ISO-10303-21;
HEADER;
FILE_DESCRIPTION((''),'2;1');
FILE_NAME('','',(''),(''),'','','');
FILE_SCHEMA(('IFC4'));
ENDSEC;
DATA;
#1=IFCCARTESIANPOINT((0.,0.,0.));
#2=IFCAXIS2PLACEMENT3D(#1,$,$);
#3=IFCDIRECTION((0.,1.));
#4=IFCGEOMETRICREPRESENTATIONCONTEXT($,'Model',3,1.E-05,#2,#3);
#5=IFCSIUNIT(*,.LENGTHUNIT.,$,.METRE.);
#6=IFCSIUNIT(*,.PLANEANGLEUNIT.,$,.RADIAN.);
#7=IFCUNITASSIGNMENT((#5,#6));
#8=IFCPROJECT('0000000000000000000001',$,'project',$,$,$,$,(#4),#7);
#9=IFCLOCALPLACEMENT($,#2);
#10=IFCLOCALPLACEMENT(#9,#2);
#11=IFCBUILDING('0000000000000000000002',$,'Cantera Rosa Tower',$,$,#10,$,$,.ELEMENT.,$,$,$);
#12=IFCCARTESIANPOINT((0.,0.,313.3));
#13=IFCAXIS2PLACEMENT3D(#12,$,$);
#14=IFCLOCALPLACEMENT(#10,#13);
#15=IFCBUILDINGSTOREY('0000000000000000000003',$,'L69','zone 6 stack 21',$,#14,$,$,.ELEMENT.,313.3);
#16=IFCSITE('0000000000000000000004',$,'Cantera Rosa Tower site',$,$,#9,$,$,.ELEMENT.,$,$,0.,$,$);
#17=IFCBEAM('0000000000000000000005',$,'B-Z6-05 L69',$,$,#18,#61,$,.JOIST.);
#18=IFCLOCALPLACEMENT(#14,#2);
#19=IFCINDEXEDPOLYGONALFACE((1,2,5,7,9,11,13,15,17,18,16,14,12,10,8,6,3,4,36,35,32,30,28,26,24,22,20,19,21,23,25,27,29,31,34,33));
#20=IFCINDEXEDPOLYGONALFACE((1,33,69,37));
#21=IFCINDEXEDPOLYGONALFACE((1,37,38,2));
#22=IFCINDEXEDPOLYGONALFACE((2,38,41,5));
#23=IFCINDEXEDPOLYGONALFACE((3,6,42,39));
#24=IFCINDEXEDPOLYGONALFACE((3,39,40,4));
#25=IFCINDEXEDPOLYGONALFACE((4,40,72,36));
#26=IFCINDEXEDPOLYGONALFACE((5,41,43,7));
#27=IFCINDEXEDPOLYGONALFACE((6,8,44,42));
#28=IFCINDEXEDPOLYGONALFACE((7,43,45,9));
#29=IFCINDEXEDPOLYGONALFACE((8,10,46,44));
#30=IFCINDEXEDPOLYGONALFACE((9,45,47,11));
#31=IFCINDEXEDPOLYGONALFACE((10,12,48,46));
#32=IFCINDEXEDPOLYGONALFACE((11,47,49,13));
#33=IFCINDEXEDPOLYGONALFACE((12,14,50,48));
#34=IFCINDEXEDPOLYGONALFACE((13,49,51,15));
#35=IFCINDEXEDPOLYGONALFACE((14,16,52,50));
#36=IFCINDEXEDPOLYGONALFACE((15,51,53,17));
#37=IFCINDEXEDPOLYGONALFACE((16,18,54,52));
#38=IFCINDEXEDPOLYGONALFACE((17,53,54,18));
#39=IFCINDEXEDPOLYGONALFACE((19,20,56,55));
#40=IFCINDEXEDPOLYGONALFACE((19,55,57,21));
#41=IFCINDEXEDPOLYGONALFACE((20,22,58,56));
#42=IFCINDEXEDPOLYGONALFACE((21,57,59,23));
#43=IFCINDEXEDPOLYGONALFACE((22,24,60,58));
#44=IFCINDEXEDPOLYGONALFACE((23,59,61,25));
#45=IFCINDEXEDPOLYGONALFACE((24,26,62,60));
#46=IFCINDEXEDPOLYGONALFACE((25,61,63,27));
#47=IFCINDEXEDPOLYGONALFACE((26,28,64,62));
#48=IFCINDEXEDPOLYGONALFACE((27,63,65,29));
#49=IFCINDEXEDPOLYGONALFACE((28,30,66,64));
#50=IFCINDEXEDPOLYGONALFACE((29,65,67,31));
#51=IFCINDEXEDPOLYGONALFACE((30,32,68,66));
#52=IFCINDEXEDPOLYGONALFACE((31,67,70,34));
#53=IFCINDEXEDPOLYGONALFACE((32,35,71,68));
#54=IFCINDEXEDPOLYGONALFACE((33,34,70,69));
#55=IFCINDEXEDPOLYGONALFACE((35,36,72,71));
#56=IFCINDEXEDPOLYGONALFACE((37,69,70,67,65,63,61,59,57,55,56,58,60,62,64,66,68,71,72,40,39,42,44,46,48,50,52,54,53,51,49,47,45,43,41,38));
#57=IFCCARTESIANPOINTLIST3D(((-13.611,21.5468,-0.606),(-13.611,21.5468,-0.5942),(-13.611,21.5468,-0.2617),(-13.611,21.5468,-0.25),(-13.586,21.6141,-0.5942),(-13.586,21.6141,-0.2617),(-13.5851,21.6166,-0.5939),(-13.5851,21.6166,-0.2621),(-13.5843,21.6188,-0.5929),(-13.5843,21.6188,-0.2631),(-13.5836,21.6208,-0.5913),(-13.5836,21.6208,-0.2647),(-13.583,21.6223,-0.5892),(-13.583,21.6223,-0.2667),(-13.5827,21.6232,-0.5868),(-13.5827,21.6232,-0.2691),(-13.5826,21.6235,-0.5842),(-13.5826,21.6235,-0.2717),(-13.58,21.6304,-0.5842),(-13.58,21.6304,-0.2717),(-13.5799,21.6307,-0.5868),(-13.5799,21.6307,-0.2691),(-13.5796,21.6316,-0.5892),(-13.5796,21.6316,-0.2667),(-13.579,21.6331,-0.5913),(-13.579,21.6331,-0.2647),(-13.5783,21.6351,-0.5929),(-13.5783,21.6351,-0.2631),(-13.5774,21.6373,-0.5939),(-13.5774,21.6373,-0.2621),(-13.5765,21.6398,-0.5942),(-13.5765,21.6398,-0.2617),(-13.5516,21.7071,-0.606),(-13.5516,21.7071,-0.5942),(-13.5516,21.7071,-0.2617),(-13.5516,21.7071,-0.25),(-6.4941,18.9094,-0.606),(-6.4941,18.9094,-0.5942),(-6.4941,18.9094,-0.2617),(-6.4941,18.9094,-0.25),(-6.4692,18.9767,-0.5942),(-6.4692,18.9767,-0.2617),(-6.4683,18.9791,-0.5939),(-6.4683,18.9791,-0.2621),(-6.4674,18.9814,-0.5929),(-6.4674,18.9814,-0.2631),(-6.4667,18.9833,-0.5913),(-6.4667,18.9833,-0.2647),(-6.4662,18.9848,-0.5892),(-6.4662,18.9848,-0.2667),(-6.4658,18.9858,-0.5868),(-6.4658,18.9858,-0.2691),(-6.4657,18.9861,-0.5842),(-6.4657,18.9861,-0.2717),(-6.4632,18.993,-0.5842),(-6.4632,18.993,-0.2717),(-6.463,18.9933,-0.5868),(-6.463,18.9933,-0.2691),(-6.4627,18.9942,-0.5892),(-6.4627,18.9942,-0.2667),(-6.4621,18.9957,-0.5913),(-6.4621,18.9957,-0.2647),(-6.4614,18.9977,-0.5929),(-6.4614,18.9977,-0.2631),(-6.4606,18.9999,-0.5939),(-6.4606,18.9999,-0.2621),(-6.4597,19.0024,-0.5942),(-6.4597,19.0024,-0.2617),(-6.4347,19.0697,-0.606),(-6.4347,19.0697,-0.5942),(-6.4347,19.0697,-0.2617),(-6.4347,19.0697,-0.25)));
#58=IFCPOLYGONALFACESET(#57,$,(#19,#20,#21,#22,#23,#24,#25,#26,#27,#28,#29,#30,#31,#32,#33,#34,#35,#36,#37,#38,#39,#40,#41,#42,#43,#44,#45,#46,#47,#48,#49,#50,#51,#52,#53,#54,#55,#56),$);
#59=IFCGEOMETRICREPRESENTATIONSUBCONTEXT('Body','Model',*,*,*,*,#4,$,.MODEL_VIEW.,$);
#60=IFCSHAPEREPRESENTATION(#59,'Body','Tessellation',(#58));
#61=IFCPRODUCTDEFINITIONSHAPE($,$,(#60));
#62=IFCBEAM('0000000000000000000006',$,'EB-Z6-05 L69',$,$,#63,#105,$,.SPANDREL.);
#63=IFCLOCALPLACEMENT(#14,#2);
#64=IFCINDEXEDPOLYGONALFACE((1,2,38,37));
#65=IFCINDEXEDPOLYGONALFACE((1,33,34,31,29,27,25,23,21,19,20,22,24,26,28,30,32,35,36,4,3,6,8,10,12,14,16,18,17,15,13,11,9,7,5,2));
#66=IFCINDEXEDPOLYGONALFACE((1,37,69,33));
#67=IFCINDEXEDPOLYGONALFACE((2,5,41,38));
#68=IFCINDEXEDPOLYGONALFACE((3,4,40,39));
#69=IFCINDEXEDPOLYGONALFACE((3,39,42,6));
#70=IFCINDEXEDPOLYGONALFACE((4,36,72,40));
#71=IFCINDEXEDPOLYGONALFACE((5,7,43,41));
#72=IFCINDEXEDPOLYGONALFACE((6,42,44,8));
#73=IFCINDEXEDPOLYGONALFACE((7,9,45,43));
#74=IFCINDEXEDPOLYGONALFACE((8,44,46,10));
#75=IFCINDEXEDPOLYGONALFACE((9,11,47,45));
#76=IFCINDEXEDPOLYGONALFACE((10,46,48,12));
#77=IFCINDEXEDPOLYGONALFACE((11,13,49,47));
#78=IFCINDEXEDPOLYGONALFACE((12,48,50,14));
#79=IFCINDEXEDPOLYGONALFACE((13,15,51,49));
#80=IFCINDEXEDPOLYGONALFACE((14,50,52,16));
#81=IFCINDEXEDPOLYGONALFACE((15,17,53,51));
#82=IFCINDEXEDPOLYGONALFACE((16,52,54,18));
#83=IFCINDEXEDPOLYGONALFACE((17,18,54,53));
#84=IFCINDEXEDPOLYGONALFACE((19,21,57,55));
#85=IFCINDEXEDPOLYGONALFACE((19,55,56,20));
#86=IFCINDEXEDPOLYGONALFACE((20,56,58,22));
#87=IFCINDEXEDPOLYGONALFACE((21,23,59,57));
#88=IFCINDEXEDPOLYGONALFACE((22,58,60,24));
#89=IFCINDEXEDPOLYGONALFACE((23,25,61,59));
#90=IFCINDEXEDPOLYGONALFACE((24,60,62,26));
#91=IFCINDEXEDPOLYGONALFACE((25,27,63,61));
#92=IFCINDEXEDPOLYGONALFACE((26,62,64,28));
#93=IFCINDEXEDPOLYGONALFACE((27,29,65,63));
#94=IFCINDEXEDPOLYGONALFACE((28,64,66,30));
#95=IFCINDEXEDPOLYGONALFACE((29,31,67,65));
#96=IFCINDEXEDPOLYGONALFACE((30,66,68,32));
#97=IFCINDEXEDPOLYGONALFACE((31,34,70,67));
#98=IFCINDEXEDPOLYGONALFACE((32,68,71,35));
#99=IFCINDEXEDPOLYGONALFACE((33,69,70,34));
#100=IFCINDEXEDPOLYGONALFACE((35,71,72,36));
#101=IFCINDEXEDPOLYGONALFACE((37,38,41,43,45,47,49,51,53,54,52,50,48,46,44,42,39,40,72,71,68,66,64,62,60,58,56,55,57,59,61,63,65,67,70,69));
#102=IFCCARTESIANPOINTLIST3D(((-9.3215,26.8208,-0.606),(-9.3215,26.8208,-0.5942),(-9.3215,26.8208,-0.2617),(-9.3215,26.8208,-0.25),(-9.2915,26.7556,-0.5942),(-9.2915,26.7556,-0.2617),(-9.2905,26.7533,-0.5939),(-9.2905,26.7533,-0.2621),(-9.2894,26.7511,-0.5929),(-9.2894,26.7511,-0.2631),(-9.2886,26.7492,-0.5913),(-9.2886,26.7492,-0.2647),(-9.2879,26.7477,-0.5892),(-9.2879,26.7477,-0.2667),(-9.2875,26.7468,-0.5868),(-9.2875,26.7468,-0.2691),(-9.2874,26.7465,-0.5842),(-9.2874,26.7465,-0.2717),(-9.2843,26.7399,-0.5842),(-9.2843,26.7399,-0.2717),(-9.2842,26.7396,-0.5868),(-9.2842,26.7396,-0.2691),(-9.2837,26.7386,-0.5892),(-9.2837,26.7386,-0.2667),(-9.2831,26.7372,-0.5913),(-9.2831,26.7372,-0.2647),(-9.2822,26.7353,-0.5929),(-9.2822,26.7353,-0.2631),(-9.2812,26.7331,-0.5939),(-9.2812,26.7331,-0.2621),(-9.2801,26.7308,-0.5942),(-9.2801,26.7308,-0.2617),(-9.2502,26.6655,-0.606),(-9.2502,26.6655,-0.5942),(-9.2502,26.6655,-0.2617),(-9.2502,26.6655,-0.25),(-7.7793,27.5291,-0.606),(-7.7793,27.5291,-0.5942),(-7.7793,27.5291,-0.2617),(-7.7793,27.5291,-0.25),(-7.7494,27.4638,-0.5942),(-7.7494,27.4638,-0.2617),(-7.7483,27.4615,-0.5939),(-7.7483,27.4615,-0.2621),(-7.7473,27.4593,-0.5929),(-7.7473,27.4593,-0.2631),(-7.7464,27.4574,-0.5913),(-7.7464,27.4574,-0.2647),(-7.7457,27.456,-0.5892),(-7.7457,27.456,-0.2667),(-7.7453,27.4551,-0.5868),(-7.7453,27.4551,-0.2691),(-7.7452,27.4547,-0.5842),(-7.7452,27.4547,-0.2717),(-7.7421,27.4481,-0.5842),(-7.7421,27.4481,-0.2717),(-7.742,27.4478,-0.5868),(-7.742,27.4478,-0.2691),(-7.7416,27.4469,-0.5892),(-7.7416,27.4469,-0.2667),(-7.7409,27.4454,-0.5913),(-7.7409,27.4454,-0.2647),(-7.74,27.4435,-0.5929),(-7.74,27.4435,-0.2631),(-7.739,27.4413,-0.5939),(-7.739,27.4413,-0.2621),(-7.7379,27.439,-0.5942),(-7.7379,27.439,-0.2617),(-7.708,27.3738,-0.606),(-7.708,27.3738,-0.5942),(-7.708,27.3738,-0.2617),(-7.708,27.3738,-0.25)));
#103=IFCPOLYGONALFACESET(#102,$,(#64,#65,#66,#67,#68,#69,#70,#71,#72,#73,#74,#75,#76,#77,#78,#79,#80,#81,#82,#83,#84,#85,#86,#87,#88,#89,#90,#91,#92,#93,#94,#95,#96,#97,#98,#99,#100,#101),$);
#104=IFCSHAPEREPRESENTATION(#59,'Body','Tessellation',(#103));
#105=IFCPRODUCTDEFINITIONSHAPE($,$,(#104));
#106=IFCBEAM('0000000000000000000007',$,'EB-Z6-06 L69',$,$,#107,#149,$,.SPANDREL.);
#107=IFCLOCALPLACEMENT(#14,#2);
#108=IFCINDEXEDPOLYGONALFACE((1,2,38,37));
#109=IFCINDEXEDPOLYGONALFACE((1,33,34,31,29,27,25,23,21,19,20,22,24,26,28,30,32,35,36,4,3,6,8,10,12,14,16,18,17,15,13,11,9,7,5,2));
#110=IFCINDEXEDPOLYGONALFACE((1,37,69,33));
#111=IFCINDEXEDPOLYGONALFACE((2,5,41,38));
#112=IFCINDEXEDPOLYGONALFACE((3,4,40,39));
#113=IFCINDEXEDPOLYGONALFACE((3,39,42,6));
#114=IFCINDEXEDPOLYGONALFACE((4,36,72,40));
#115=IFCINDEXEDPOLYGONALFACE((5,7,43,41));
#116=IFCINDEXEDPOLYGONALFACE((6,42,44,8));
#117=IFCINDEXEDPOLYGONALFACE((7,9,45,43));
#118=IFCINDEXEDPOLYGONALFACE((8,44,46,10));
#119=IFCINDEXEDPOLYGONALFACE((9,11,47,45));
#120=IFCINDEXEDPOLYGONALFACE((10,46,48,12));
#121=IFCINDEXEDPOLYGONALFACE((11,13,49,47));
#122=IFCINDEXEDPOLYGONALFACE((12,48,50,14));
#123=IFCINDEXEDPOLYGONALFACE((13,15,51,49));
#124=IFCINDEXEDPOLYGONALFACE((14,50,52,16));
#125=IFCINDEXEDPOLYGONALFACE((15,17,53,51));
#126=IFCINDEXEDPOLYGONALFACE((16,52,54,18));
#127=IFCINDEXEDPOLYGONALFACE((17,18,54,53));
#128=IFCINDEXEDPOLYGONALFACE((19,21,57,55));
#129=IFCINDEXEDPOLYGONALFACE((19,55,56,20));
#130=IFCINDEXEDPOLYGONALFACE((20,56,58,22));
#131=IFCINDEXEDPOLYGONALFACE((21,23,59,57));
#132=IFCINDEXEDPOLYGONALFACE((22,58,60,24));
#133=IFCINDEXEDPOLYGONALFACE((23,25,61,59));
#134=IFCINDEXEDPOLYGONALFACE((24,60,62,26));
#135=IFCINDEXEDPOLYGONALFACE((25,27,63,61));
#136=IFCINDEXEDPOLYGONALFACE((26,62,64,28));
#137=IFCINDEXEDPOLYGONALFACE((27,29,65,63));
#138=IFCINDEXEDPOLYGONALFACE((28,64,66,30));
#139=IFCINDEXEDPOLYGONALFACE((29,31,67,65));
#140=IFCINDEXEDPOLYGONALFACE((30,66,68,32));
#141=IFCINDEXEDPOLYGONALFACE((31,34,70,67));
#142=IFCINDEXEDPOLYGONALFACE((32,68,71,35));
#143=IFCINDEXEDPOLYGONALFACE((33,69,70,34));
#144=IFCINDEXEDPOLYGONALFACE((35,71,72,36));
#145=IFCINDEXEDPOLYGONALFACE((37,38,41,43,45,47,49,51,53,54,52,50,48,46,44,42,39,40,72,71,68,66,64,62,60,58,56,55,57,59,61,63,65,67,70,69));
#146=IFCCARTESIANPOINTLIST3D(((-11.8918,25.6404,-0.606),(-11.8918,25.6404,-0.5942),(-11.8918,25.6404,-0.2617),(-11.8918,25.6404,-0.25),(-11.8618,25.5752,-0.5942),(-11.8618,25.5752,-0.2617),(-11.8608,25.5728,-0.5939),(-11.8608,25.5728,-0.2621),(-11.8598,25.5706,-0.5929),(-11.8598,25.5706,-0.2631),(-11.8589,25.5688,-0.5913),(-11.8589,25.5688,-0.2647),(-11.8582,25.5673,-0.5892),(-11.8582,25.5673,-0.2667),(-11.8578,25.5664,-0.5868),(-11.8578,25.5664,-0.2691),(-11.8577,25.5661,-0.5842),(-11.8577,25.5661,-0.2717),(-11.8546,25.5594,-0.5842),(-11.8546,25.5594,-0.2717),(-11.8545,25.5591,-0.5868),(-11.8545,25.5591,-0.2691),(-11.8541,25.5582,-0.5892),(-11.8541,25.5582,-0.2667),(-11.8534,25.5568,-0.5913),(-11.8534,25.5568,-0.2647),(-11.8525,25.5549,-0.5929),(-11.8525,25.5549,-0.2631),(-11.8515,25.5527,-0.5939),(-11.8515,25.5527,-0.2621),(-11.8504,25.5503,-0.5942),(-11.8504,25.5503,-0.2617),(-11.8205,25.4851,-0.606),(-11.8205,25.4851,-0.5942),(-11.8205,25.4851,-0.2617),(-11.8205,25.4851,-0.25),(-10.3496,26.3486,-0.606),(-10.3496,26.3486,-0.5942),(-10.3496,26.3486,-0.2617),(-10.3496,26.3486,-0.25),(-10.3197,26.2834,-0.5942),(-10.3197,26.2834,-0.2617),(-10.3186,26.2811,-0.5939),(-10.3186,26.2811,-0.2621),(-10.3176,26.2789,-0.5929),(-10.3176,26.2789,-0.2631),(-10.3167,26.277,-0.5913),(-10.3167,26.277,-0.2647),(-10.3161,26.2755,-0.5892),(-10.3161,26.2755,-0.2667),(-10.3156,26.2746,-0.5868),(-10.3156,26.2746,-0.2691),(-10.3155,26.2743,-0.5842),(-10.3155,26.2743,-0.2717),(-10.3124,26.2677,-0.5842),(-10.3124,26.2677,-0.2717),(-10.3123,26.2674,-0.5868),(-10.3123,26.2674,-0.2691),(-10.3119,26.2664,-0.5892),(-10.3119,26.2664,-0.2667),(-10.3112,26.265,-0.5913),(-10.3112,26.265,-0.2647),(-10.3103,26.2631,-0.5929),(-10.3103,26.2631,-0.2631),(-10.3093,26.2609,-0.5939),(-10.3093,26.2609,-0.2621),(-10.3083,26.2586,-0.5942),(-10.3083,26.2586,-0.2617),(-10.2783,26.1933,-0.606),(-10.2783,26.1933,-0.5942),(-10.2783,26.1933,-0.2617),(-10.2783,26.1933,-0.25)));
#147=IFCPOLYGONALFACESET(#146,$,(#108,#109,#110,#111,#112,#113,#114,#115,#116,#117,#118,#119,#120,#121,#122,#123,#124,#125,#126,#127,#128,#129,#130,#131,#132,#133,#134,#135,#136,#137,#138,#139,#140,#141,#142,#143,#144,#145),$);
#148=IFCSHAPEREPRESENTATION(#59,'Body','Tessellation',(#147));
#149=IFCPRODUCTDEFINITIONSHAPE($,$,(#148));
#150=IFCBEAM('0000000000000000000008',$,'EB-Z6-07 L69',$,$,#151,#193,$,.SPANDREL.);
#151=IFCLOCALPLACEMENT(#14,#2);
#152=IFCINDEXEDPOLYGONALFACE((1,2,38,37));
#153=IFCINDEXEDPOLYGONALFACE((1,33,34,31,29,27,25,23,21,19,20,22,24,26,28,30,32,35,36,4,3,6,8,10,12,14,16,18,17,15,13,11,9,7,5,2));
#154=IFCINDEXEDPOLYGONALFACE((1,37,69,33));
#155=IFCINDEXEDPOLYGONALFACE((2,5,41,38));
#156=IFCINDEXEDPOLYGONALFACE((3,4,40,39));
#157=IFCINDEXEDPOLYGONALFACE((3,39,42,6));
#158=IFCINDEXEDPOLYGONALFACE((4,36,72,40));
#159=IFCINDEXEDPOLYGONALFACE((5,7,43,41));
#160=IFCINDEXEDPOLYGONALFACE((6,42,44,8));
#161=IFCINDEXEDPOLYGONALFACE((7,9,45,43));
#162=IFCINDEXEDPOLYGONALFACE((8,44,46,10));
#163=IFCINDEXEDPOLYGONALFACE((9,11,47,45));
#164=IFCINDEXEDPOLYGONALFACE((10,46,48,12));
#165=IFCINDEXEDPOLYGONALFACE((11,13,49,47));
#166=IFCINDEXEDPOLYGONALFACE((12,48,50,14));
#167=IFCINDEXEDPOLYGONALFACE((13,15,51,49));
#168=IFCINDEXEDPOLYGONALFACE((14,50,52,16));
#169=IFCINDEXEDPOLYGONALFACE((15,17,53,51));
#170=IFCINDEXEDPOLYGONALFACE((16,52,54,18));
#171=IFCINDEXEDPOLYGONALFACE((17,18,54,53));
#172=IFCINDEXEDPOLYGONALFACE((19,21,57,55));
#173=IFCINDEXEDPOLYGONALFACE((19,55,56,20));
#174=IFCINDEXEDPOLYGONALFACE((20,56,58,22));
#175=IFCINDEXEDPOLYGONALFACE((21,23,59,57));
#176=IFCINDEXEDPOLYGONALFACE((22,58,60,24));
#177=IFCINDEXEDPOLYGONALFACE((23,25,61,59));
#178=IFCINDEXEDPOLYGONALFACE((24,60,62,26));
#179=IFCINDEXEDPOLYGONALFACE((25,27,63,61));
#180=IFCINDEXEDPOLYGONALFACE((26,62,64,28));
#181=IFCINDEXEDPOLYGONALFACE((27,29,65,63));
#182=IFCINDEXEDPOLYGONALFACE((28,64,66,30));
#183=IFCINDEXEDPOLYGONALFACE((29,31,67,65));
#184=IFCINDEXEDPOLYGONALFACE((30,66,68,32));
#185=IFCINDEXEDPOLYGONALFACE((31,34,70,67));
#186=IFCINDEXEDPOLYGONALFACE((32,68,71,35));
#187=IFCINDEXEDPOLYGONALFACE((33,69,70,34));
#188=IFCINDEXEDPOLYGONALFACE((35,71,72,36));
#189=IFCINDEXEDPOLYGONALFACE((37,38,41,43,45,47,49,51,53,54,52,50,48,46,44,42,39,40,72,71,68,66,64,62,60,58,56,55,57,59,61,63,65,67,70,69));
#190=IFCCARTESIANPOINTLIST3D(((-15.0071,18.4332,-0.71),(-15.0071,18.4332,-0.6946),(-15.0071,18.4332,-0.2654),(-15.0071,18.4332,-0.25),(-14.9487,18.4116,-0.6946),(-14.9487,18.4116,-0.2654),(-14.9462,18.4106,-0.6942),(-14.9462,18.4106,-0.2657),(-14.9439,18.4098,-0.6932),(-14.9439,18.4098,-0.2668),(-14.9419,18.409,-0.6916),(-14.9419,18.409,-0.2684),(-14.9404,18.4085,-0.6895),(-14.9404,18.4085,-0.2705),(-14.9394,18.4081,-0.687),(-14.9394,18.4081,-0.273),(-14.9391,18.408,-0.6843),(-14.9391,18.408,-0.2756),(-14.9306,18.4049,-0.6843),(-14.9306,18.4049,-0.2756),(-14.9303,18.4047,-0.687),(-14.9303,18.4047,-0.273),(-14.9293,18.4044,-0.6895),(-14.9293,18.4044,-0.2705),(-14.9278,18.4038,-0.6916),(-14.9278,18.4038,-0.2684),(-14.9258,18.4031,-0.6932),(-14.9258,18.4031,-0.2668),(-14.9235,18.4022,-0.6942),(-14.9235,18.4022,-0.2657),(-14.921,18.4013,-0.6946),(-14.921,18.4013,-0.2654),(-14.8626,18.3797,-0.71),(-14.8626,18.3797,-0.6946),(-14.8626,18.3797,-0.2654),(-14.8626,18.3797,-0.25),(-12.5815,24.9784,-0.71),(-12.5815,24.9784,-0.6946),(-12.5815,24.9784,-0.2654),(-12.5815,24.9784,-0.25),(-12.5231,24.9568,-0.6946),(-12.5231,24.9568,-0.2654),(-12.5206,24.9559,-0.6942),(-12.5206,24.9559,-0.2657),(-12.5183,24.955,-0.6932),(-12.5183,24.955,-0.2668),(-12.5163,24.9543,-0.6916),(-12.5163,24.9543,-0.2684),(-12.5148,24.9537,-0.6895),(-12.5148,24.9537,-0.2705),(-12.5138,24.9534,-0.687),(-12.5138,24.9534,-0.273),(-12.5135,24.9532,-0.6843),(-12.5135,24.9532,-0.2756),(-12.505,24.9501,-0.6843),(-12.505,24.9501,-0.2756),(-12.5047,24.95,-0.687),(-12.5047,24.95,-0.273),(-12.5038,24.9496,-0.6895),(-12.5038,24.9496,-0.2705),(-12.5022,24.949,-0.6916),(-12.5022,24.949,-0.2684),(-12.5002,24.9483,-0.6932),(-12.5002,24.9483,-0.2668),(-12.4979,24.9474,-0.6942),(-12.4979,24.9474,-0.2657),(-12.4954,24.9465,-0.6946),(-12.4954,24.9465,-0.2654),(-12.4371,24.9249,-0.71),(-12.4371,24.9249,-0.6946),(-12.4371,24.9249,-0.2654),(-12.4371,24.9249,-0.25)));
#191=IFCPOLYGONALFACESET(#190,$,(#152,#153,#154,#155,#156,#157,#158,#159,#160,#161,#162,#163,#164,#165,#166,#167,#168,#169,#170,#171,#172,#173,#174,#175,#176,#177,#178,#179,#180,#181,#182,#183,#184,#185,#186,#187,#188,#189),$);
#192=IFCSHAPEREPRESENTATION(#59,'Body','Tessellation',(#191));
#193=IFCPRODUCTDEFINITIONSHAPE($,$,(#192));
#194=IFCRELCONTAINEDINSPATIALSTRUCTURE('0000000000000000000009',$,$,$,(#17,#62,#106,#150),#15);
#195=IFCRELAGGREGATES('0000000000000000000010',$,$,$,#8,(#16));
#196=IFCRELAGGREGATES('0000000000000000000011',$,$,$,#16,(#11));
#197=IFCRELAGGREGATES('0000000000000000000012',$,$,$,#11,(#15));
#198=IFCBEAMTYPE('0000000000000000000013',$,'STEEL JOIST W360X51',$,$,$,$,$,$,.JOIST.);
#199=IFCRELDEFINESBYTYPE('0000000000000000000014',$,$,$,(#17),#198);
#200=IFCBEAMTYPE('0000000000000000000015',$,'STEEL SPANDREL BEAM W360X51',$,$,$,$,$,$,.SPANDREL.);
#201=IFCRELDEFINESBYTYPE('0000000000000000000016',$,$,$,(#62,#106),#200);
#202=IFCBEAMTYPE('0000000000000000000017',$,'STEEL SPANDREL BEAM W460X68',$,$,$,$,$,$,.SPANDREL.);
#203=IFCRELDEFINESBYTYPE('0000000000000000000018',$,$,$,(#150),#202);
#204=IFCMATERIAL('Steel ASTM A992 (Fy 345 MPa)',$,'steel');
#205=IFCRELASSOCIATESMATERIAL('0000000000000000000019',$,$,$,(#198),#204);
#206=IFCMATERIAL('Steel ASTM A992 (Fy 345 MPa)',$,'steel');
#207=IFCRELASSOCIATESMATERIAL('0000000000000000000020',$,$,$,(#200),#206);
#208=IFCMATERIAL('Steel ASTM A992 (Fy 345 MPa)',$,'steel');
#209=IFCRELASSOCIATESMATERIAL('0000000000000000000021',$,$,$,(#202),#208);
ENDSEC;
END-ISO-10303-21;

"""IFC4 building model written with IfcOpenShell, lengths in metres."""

from ifc_helpers import new_model, si_unit, direction, frame, origin, origin_2d, place, context, subcontext, project, spatial, i_section, extrude, material, material_profile, profile_set, type_object, element, save


model = new_model("IFC4")

# Units and contexts
model_context = context("Model", 3, precision=1e-05, world=origin(), true_north=direction((0.0, 1.0)))
body_context = subcontext(model_context, "Body", "Model", "MODEL_VIEW")
ifc_project = project(units=[si_unit("LENGTHUNIT", "METRE"), si_unit("PLANEANGLEUNIT", "RADIAN")], contexts=[model_context])

# Site, building, storey
site_placement = place(None, origin())
site = spatial("IfcSite", under=ifc_project, at=site_placement, Name="Cantera Rosa Tower site", CompositionType="ELEMENT", RefElevation=0.0)
building_placement = place(site_placement, origin())
building = spatial("IfcBuilding", under=site, at=building_placement, Name="Cantera Rosa Tower", CompositionType="ELEMENT")
storey_placement = place(building_placement, frame((0.0, 0.0, 313.3)))
storey = spatial("IfcBuildingStorey", under=building, at=storey_placement, Name="L69", Description="zone 6 stack 21", CompositionType="ELEMENT", Elevation=313.3)

# Beams
ifc_material_1 = material(Name="Steel ASTM A992 (Fy 345 MPa)", Category="steel")
ifc_material_profile_1 = material_profile(ifc_material_1, i_section(OverallWidth=0.1709, OverallDepth=0.356, WebThickness=0.0073, FlangeThickness=0.0117, FilletRadius=0.01, at=origin_2d()), Name="W360X51")
ifc_profile_set_1 = profile_set([ifc_material_profile_1], Name="Steel ASTM A992 (Fy 345 MPa)")
beam_type_1 = type_object("IfcBeamType", Name="STEEL JOIST W360X51", PredefinedType="JOIST", material=ifc_profile_set_1)
beam_1_placement = place(storey_placement, frame((-13.5813, 21.627, -0.428), z_axis=(0.937682, -0.347493, 0.0), x_axis=(0.347493, 0.937682, 0.0)))
element("IfcBeam", 1, at=beam_1_placement, inside=storey, type_object=beam_type_1, Name="B-Z6-05 L69", PredefinedType="JOIST", context=body_context, shape_type="SweptSolid", body=[
    extrude(i_section(OverallWidth=0.1709, OverallDepth=0.356, WebThickness=0.0073, FlangeThickness=0.0117, FilletRadius=0.01, at=origin_2d()), origin(), (0.0, 0.0, 1.0), 7.5898),
])
ifc_material_2 = material(Name="Steel ASTM A992 (Fy 345 MPa)", Category="steel")
ifc_material_profile_2 = material_profile(ifc_material_2, i_section(OverallWidth=0.1709, OverallDepth=0.356, WebThickness=0.0073, FlangeThickness=0.0117, FilletRadius=0.01, at=origin_2d()), Name="W360X51")
ifc_profile_set_2 = profile_set([ifc_material_profile_2], Name="Steel ASTM A992 (Fy 345 MPa)")
beam_type_2 = type_object("IfcBeamType", Name="STEEL SPANDREL BEAM W360X51", PredefinedType="SPANDREL", material=ifc_profile_set_2)
for number, where, z_axis, x_axis, name in (
    (2, (-7.7437, 27.4514, -0.428), (-0.908754, -0.417333, 0.0), (0.417333, -0.908754, 0.0), "EB-Z6-05 L69"),
    (3, (-10.314, 26.271, -0.428), (-0.908754, -0.417333, 0.0), (0.417333, -0.908754, 0.0), "EB-Z6-06 L69"),
):
    element("IfcBeam", number, at=place(storey_placement, frame(where, z_axis=z_axis, x_axis=x_axis)), inside=storey, type_object=beam_type_2, Name=name, PredefinedType="SPANDREL", context=body_context, shape_type="SweptSolid", body=[
        extrude(i_section(OverallWidth=0.1709, OverallDepth=0.356, WebThickness=0.0073, FlangeThickness=0.0117, FilletRadius=0.01, at=origin_2d()), origin(), (0.0, 0.0, 1.0), 1.697),
    ])
ifc_material_3 = material(Name="Steel ASTM A992 (Fy 345 MPa)", Category="steel")
ifc_material_profile_3 = material_profile(ifc_material_3, i_section(OverallWidth=0.1541, OverallDepth=0.46, WebThickness=0.009, FlangeThickness=0.0154, FilletRadius=0.0103, at=origin_2d()), Name="W460X68")
ifc_profile_set_3 = profile_set([ifc_material_profile_3], Name="Steel ASTM A992 (Fy 345 MPa)")
beam_type_3 = type_object("IfcBeamType", Name="STEEL SPANDREL BEAM W460X68", PredefinedType="SPANDREL", material=ifc_profile_set_3)
beam_2_placement = place(storey_placement, frame((-12.5093, 24.9517, -0.48), z_axis=(-0.347491, -0.937683, 0.0), x_axis=(0.937683, -0.347491, 0.0)))
element("IfcBeam", 4, at=beam_2_placement, inside=storey, type_object=beam_type_3, Name="EB-Z6-07 L69", PredefinedType="SPANDREL", context=body_context, shape_type="SweptSolid", body=[
    extrude(i_section(OverallWidth=0.1541, OverallDepth=0.46, WebThickness=0.009, FlangeThickness=0.0154, FilletRadius=0.0103, at=origin_2d()), origin(), (0.0, 0.0, 1.0), 6.9802),
])

save(model, "model.ifc")
